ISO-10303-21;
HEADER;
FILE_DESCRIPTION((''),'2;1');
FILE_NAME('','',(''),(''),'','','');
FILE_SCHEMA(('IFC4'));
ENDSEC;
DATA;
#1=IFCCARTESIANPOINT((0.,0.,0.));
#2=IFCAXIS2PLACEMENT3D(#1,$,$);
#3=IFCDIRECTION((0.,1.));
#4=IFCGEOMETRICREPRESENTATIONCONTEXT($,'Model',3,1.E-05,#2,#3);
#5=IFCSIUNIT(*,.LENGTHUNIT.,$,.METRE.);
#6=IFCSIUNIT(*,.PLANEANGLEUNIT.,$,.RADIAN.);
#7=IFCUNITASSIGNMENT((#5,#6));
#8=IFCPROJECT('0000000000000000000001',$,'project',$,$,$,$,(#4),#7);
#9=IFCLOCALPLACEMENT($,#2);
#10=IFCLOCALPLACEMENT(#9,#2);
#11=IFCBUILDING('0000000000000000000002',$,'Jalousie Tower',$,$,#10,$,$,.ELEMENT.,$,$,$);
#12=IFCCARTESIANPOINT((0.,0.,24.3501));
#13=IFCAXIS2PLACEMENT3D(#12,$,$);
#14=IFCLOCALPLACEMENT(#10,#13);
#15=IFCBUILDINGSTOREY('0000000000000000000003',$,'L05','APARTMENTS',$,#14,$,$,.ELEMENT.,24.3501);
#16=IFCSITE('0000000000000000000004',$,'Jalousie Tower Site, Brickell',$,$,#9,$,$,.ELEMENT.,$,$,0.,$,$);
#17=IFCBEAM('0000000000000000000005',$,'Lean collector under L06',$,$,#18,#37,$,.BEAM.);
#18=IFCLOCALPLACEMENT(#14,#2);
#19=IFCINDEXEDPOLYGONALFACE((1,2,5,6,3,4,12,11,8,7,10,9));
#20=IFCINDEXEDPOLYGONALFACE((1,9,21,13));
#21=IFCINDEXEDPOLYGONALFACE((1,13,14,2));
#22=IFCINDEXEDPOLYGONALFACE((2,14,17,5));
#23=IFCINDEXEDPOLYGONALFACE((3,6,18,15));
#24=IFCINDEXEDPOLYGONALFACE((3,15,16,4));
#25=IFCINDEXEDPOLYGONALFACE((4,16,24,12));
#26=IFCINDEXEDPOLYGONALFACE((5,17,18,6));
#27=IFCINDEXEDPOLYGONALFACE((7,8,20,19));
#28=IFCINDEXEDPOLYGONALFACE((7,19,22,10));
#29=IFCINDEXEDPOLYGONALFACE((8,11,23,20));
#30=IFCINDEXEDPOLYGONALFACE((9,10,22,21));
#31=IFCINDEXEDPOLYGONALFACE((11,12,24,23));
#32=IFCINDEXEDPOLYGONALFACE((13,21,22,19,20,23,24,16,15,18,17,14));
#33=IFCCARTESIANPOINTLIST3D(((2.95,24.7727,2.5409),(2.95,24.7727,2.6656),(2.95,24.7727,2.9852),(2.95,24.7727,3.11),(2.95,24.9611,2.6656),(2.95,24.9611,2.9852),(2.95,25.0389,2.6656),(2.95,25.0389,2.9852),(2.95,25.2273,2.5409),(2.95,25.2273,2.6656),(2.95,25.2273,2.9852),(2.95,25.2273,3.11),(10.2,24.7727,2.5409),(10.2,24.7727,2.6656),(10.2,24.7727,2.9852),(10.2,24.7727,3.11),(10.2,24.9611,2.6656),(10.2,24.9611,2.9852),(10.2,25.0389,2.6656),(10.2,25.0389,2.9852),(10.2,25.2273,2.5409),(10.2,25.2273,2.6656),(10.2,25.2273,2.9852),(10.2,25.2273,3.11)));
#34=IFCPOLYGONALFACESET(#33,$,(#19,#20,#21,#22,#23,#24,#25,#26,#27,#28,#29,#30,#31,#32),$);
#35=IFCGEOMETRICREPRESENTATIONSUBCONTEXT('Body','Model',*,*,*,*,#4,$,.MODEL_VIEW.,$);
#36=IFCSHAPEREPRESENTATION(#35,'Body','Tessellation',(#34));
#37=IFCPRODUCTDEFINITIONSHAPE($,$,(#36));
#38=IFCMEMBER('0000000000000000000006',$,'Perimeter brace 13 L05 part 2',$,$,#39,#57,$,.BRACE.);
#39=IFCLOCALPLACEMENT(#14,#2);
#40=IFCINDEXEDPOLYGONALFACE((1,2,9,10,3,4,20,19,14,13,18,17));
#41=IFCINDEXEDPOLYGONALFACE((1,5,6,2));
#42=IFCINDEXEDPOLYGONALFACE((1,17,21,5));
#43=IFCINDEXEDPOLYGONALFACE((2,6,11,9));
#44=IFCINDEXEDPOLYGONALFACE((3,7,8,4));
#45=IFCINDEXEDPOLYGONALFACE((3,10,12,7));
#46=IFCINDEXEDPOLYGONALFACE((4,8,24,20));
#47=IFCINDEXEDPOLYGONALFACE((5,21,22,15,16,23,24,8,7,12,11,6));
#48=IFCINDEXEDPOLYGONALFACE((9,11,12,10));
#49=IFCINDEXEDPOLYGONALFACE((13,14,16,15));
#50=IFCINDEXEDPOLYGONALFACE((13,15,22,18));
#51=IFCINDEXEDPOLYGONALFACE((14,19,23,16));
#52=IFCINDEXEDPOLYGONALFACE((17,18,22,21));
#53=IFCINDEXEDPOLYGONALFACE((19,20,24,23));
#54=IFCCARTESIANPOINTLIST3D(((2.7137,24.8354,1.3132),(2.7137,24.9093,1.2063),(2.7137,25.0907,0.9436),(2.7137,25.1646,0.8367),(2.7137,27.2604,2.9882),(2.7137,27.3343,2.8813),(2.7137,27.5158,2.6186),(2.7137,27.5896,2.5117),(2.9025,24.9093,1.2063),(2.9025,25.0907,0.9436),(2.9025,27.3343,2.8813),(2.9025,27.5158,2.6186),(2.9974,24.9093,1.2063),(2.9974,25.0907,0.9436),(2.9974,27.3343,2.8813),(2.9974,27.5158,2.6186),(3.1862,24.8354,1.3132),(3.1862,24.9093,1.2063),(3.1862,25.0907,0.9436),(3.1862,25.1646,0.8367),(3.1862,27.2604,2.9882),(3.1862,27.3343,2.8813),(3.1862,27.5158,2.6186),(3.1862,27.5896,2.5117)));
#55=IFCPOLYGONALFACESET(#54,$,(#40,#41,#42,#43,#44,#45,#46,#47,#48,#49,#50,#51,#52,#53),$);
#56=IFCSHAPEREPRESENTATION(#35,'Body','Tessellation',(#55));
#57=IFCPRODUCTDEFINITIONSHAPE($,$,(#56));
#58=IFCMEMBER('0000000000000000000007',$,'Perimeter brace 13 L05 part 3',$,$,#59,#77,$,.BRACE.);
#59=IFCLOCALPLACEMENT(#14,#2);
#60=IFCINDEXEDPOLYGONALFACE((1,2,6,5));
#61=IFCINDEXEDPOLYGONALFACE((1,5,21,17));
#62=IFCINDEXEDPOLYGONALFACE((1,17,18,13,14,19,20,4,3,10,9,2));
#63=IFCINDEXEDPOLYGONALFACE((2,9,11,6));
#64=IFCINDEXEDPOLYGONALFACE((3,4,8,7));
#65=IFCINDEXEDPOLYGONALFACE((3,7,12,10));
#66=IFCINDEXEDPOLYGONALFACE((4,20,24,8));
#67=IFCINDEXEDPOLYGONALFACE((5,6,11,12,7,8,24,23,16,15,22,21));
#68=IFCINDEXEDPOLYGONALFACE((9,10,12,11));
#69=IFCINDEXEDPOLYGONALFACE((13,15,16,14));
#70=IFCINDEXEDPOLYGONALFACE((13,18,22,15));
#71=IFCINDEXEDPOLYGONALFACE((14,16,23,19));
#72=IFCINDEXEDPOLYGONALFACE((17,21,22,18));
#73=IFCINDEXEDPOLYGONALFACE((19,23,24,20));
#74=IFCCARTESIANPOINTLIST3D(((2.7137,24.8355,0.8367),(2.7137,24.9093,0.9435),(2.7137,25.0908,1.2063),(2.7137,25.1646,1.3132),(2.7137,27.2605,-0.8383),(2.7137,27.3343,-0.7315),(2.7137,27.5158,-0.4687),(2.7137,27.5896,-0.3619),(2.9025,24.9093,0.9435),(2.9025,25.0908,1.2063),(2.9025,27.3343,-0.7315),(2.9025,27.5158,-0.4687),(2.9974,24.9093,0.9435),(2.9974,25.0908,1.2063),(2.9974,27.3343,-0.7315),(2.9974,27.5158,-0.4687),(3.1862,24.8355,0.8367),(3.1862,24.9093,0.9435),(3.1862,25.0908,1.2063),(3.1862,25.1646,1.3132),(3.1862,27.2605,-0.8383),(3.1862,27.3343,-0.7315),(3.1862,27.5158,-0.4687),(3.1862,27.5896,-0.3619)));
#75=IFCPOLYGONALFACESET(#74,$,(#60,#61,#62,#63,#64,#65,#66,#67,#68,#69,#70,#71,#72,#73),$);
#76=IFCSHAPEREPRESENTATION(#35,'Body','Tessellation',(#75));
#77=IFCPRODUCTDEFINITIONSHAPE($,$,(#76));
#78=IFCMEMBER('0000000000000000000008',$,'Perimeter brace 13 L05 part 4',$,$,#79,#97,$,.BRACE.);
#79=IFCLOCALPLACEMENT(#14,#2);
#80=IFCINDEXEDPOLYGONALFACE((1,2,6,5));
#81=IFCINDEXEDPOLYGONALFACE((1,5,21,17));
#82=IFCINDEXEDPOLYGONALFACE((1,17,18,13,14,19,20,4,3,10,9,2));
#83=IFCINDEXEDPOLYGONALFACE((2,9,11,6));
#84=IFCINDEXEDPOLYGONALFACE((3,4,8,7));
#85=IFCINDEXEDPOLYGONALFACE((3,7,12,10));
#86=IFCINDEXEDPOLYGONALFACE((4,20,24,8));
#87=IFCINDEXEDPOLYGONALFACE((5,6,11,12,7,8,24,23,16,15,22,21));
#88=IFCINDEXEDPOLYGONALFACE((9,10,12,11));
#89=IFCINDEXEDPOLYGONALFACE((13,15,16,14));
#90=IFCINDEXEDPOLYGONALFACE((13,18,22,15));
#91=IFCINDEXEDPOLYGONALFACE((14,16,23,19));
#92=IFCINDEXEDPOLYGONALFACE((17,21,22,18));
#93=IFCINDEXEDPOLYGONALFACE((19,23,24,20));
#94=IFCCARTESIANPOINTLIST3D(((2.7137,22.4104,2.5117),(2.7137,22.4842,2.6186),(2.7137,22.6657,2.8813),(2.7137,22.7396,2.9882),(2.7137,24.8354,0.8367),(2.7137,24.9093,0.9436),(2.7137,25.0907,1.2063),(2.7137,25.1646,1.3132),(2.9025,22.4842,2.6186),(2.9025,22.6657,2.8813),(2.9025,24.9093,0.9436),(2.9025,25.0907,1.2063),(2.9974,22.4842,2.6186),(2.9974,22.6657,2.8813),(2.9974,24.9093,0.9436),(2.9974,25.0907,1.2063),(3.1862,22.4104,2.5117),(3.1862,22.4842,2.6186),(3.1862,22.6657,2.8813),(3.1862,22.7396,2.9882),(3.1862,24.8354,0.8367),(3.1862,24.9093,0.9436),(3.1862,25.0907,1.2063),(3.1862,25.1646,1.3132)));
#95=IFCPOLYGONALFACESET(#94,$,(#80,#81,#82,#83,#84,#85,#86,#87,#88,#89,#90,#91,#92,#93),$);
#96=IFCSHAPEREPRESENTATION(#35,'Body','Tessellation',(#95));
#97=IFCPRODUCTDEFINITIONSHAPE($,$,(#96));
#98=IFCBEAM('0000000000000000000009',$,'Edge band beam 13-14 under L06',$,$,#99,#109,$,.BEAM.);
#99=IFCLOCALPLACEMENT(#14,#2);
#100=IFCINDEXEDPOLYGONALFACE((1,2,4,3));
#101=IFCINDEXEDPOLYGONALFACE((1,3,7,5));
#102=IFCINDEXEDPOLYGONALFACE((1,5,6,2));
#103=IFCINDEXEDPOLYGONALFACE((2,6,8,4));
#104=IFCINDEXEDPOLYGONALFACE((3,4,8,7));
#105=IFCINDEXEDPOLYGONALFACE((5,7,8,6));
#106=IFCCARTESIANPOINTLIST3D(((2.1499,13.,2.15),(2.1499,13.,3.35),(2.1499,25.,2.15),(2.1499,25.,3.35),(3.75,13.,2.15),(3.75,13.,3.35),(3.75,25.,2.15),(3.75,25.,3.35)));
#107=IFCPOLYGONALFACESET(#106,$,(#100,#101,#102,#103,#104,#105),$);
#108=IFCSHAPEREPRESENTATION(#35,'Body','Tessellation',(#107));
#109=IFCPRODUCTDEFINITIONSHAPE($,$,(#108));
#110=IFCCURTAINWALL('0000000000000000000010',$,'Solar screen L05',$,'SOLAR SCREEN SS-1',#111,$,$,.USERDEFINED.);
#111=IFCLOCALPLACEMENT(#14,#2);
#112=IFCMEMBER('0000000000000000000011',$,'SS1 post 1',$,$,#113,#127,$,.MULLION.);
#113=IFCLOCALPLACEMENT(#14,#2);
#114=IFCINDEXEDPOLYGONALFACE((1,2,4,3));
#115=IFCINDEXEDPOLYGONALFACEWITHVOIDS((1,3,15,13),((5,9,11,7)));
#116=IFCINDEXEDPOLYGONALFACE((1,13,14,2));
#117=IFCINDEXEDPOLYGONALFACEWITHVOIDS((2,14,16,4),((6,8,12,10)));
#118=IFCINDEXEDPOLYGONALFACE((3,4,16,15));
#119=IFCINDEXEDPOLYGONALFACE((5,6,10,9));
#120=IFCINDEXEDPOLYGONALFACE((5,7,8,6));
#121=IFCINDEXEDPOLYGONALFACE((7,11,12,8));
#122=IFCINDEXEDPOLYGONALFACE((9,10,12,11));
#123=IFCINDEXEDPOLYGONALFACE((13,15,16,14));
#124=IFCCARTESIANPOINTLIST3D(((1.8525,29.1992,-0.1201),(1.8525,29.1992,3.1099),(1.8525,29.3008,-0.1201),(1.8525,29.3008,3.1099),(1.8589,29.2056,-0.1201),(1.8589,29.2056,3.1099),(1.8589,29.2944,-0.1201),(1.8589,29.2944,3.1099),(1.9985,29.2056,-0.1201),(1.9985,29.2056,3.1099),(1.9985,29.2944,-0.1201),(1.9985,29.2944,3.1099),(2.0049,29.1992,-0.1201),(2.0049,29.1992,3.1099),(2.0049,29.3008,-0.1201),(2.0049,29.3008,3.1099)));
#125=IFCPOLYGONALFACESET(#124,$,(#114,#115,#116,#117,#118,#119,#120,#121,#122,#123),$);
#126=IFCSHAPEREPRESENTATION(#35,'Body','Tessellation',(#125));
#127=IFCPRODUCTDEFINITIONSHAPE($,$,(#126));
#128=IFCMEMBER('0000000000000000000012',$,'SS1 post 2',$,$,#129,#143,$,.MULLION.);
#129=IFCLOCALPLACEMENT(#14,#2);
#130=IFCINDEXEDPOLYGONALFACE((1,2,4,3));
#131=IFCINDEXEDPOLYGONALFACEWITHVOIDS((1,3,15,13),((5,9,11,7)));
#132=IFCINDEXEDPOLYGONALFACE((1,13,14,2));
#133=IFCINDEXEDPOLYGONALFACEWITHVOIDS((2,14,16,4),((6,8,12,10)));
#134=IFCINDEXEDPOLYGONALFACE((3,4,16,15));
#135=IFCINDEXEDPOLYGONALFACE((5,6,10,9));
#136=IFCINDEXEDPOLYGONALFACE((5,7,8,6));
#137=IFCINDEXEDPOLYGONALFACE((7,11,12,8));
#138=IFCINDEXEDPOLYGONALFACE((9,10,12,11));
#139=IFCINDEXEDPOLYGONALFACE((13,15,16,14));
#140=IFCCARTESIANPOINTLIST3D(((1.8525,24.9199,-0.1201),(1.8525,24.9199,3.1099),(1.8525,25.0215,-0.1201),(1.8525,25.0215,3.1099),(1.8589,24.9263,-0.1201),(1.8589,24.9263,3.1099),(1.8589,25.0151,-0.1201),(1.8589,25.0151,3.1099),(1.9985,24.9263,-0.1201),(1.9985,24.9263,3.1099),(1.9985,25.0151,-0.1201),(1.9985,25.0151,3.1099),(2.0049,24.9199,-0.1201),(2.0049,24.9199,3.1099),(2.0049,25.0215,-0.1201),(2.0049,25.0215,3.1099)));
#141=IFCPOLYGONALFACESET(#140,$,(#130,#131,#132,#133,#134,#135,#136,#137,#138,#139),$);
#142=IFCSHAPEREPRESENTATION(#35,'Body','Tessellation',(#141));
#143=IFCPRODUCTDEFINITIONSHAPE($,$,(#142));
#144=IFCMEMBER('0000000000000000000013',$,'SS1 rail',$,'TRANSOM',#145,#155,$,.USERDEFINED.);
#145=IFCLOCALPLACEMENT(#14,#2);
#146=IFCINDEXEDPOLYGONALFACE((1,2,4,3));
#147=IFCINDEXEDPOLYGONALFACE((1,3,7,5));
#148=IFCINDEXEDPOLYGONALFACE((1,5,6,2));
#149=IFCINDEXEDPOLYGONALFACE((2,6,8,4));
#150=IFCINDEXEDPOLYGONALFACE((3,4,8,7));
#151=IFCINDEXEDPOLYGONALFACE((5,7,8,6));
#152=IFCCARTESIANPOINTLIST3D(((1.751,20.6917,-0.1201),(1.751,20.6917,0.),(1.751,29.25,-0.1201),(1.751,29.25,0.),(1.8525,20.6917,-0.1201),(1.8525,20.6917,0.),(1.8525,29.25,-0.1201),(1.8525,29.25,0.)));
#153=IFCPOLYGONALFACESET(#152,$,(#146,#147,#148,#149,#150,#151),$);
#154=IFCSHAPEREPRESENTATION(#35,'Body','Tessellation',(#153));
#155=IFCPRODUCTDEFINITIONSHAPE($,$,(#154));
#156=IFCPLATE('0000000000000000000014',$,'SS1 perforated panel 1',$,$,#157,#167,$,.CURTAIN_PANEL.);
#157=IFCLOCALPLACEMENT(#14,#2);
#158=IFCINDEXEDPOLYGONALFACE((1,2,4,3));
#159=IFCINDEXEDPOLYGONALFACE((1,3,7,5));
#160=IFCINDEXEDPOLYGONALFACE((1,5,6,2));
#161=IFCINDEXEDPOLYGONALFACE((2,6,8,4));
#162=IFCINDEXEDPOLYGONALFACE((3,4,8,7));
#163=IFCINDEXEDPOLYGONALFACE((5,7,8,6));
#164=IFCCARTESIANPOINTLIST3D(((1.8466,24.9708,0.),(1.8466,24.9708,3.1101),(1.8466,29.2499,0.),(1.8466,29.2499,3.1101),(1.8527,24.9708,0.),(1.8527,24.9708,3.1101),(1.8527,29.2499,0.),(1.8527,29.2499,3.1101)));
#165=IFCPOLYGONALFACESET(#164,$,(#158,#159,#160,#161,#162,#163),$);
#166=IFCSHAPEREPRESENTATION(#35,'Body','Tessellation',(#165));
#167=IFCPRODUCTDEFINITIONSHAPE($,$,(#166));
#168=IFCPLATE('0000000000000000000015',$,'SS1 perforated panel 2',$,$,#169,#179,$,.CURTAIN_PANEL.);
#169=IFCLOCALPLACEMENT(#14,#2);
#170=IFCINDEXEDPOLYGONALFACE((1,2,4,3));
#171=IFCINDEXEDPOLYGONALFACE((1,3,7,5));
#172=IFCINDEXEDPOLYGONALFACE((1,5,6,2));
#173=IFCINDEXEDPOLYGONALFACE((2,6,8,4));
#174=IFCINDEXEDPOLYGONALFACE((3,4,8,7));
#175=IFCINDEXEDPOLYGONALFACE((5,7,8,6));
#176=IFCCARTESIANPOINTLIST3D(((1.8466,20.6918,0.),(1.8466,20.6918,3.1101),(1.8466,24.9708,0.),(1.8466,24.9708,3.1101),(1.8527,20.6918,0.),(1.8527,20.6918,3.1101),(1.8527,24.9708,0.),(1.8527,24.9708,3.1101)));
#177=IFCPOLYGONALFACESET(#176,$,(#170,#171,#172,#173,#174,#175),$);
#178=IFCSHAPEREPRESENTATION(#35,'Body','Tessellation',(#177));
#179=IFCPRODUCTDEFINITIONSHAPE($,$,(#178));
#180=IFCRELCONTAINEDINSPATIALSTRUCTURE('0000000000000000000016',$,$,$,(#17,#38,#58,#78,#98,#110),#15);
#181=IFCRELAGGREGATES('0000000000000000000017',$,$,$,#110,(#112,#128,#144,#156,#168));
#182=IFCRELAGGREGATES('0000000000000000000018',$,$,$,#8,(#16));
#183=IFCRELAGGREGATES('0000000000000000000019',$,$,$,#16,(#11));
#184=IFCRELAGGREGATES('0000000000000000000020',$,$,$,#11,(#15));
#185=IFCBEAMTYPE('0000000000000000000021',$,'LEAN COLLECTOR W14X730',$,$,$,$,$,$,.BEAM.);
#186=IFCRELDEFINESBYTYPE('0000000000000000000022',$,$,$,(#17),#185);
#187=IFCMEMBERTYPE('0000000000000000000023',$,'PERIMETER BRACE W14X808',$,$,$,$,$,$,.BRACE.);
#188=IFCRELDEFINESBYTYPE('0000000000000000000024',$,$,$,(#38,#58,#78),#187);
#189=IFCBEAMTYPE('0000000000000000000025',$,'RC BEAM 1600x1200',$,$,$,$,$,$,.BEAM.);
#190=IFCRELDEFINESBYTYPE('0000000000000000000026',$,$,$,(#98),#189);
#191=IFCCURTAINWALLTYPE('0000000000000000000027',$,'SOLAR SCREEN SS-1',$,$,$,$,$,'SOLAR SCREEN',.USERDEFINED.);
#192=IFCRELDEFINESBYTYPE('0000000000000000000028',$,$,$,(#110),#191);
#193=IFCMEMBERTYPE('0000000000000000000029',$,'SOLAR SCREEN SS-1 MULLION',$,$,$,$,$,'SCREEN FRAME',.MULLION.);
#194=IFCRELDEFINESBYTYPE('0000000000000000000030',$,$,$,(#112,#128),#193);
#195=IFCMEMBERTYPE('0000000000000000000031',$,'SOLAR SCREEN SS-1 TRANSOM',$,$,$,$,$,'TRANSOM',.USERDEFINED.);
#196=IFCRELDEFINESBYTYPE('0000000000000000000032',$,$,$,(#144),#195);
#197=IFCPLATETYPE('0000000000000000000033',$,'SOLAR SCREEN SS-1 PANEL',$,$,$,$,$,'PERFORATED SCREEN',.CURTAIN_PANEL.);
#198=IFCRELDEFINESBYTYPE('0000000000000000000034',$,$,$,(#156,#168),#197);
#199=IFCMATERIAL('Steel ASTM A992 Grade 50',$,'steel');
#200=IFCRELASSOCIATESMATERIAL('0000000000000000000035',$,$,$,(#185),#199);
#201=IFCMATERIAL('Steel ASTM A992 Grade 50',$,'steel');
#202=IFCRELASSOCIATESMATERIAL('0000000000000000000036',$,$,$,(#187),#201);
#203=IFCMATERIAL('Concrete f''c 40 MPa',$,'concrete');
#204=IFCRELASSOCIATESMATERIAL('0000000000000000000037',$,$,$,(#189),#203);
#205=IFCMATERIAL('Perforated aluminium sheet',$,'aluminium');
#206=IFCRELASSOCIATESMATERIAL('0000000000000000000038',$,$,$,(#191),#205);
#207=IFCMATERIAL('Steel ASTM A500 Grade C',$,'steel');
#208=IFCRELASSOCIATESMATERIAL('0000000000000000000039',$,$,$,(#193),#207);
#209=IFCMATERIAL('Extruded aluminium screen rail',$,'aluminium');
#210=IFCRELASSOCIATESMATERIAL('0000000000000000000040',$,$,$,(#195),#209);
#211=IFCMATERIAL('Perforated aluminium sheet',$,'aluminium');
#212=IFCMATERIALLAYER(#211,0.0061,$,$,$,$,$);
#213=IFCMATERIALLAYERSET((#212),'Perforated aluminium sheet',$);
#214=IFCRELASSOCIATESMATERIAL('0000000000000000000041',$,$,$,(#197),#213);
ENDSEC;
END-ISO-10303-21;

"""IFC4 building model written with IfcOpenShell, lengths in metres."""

from ifc_helpers import new_model, si_unit, direction, frame, origin, origin_2d, place, context, subcontext, project, spatial, rectangle, hollow_rectangle, i_section, extrude, material, layer, layer_set, material_profile, profile_set, type_object, element, aggregate, save


model = new_model("IFC4")

# Units and contexts
model_context = context("Model", 3, precision=1e-05, world=origin(), true_north=direction((0.0, 1.0)))
body_context = subcontext(model_context, "Body", "Model", "MODEL_VIEW")
ifc_project = project(units=[si_unit("LENGTHUNIT", "METRE"), si_unit("PLANEANGLEUNIT", "RADIAN")], contexts=[model_context])

# Site, building, storey
site_placement = place(None, origin())
site = spatial("IfcSite", under=ifc_project, at=site_placement, Name="Jalousie Tower Site, Brickell", CompositionType="ELEMENT", RefElevation=0.0)
building_placement = place(site_placement, origin())
building = spatial("IfcBuilding", under=site, at=building_placement, Name="Jalousie Tower", CompositionType="ELEMENT")
storey_placement = place(building_placement, frame((0.0, 0.0, 24.3501)))
storey = spatial("IfcBuildingStorey", under=building, at=storey_placement, Name="L05", Description="APARTMENTS", CompositionType="ELEMENT", Elevation=24.3501)

# Beam
ifc_material_1 = material(Name="Steel ASTM A992 Grade 50", Category="steel")
ifc_material_profile_1 = material_profile(ifc_material_1, i_section(OverallWidth=0.4546, OverallDepth=0.5691, WebThickness=0.0779, FlangeThickness=0.1248, at=origin_2d()), Name="W14X730")
ifc_profile_set_1 = profile_set([ifc_material_profile_1], Name="Steel ASTM A992 Grade 50")
beam_type_1 = type_object("IfcBeamType", Name="LEAN COLLECTOR W14X730", PredefinedType="BEAM", material=ifc_profile_set_1)
beam_1_placement = place(storey_placement, frame((2.95, 25.0, 2.8254), z_axis=(1.0, 0.0, 0.0), x_axis=(0.0, 1.0, 0.0)))
element("IfcBeam", 1, at=beam_1_placement, inside=storey, type_object=beam_type_1, Name="Lean collector under L06", PredefinedType="BEAM", context=body_context, shape_type="SweptSolid", body=[
    extrude(i_section(OverallWidth=0.4546, OverallDepth=0.5691, WebThickness=0.0779, FlangeThickness=0.1248, at=origin_2d()), origin(), (0.0, 0.0, 1.0), 7.25),
])

# Members
ifc_material_2 = material(Name="Steel ASTM A992 Grade 50", Category="steel")
ifc_material_profile_2 = material_profile(ifc_material_2, i_section(OverallWidth=0.4724, OverallDepth=0.5791, WebThickness=0.095, FlangeThickness=0.1299, at=origin_2d()), Name="W14X808")
ifc_profile_set_2 = profile_set([ifc_material_profile_2], Name="Steel ASTM A992 Grade 50")
member_type_1 = type_object("IfcMemberType", Name="PERIMETER BRACE W14X808", PredefinedType="BRACE", material=ifc_profile_set_2)
for number, where, z_axis, x_axis, name in (
    (2, (2.95, 25.0, 1.075), (0.0, 0.8228, 0.568331), (-1.0, 0.0, 0.0), "Perimeter brace 13 L05 part 2"),
    (3, (2.95, 27.425, -0.6001), (0.0, -0.8228, 0.568331), (1.0, 0.0, 0.0), "Perimeter brace 13 L05 part 3"),
    (4, (2.95, 25.0, 1.075), (0.0, -0.8228, 0.568331), (1.0, 0.0, 0.0), "Perimeter brace 13 L05 part 4"),
):
    element("IfcMember", number, at=place(storey_placement, frame(where, z_axis=z_axis, x_axis=x_axis)), inside=storey, type_object=member_type_1, Name=name, PredefinedType="BRACE", context=body_context, shape_type="SweptSolid", body=[
        extrude(i_section(OverallWidth=0.4724, OverallDepth=0.5791, WebThickness=0.095, FlangeThickness=0.1299, at=origin_2d()), origin(), (0.0, 0.0, 1.0), 2.9473),
    ])

# Beam
ifc_material_3 = material(Name="Concrete f'c 40 MPa", Category="concrete")
ifc_material_profile_3 = material_profile(ifc_material_3, rectangle(XDim=1.6001, YDim=1.2, at=origin_2d()), Name="RC 1600x1200")
ifc_profile_set_3 = profile_set([ifc_material_profile_3], Name="Concrete f'c 40 MPa")
beam_type_2 = type_object("IfcBeamType", Name="RC BEAM 1600x1200", PredefinedType="BEAM", material=ifc_profile_set_3)
beam_2_placement = place(storey_placement, frame((2.95, 25.0, 2.75), z_axis=(0.0, -1.0, 0.0), x_axis=(1.0, 0.0, 0.0)))
element("IfcBeam", 5, at=beam_2_placement, inside=storey, type_object=beam_type_2, Name="Edge band beam 13-14 under L06", PredefinedType="BEAM", context=body_context, shape_type="SweptSolid", body=[
    extrude(rectangle(XDim=1.6001, YDim=1.2, at=origin_2d()), origin(), (0.0, 0.0, 1.0), 12.0),
])

# Curtain wall, members, plates
ifc_material_4 = material(Name="Perforated aluminium sheet", Category="aluminium")
curtain_wall_type = type_object("IfcCurtainWallType", Name="SOLAR SCREEN SS-1", ElementType="SOLAR SCREEN", PredefinedType="USERDEFINED", material=ifc_material_4)
curtain_wall_placement = place(storey_placement, origin())
curtain_wall = element("IfcCurtainWall", 6, at=curtain_wall_placement, inside=storey, type_object=curtain_wall_type, Name="Solar screen L05", ObjectType="SOLAR SCREEN SS-1", PredefinedType="USERDEFINED")
ifc_material_5 = material(Name="Steel ASTM A500 Grade C", Category="steel")
ifc_material_profile_4 = material_profile(ifc_material_5, hollow_rectangle(XDim=0.1016, YDim=0.1523, WallThickness=0.0063, at=origin_2d()), Name="HSS6X4X1/4")
ifc_profile_set_4 = profile_set([ifc_material_profile_4], Name="Steel ASTM A500 Grade C")
member_type_2 = type_object("IfcMemberType", Name="SOLAR SCREEN SS-1 MULLION", ElementType="SCREEN FRAME", PredefinedType="MULLION", material=ifc_profile_set_4)
member_1_placement = place(storey_placement, frame((1.9287, 29.25, -0.1201), z_axis=(0.0, 0.0, 1.0), x_axis=(0.0, -1.0, 0.0)))
member_1 = element("IfcMember", 7, at=member_1_placement, type_object=member_type_2, Name="SS1 post 1", PredefinedType="MULLION", context=body_context, shape_type="SweptSolid", body=[
    extrude(hollow_rectangle(XDim=0.1016, YDim=0.1523, WallThickness=0.0063, at=origin_2d()), origin(), (0.0, 0.0, 1.0), 3.23),
])
member_2_placement = place(storey_placement, frame((1.9287, 24.9707, -0.1201), z_axis=(0.0, 0.0, 1.0), x_axis=(0.0, -1.0, 0.0)))
member_2 = element("IfcMember", 8, at=member_2_placement, type_object=member_type_2, Name="SS1 post 2", PredefinedType="MULLION", context=body_context, shape_type="SweptSolid", body=[
    extrude(hollow_rectangle(XDim=0.1016, YDim=0.1523, WallThickness=0.0063, at=origin_2d()), origin(), (0.0, 0.0, 1.0), 3.23),
])
ifc_material_6 = material(Name="Extruded aluminium screen rail", Category="aluminium")
ifc_material_profile_5 = material_profile(ifc_material_6, rectangle(XDim=0.1016, YDim=0.1201, at=origin_2d()), Name="RAIL 102x120")
ifc_profile_set_5 = profile_set([ifc_material_profile_5], Name="Extruded aluminium screen rail")
member_type_3 = type_object("IfcMemberType", Name="SOLAR SCREEN SS-1 TRANSOM", ElementType="TRANSOM", PredefinedType="USERDEFINED", material=ifc_profile_set_5)
member_3_placement = place(storey_placement, frame((1.8018, 29.25, -0.0601), z_axis=(0.0, -1.0, 0.0), x_axis=(1.0, 0.0, 0.0)))
member_3 = element("IfcMember", 9, at=member_3_placement, type_object=member_type_3, Name="SS1 rail", ObjectType="TRANSOM", PredefinedType="USERDEFINED", context=body_context, shape_type="SweptSolid", body=[
    extrude(rectangle(XDim=0.1016, YDim=0.1201, at=origin_2d()), origin(), (0.0, 0.0, 1.0), 8.5583),
])
ifc_material_7 = material(Name="Perforated aluminium sheet", Category="aluminium")
ifc_layer = layer(ifc_material_7, 0.0061)
ifc_layer_set = layer_set([ifc_layer], Name="Perforated aluminium sheet")
plate_type = type_object("IfcPlateType", Name="SOLAR SCREEN SS-1 PANEL", ElementType="PERFORATED SCREEN", PredefinedType="CURTAIN_PANEL", material=ifc_layer_set)
plate_1_placement = place(storey_placement, frame((1.8496, 27.1104, 0.0), z_axis=(0.0, 0.0, 1.0), x_axis=(0.0, -1.0, 0.0)))
plate_1 = element("IfcPlate", 10, at=plate_1_placement, type_object=plate_type, Name="SS1 perforated panel 1", PredefinedType="CURTAIN_PANEL", context=body_context, shape_type="SweptSolid", body=[
    extrude(rectangle(XDim=4.2791, YDim=0.0061, at=origin_2d()), origin(), (0.0, 0.0, 1.0), 3.1101),
])
plate_2_placement = place(storey_placement, frame((1.8496, 22.8313, 0.0), z_axis=(0.0, 0.0, 1.0), x_axis=(0.0, -1.0, 0.0)))
plate_2 = element("IfcPlate", 11, at=plate_2_placement, type_object=plate_type, Name="SS1 perforated panel 2", PredefinedType="CURTAIN_PANEL", context=body_context, shape_type="SweptSolid", body=[
    extrude(rectangle(XDim=4.2791, YDim=0.0061, at=origin_2d()), origin(), (0.0, 0.0, 1.0), 3.1101),
])
aggregate(curtain_wall, [member_1, member_2, member_3, plate_1, plate_2])

save(model, "model.ifc")
